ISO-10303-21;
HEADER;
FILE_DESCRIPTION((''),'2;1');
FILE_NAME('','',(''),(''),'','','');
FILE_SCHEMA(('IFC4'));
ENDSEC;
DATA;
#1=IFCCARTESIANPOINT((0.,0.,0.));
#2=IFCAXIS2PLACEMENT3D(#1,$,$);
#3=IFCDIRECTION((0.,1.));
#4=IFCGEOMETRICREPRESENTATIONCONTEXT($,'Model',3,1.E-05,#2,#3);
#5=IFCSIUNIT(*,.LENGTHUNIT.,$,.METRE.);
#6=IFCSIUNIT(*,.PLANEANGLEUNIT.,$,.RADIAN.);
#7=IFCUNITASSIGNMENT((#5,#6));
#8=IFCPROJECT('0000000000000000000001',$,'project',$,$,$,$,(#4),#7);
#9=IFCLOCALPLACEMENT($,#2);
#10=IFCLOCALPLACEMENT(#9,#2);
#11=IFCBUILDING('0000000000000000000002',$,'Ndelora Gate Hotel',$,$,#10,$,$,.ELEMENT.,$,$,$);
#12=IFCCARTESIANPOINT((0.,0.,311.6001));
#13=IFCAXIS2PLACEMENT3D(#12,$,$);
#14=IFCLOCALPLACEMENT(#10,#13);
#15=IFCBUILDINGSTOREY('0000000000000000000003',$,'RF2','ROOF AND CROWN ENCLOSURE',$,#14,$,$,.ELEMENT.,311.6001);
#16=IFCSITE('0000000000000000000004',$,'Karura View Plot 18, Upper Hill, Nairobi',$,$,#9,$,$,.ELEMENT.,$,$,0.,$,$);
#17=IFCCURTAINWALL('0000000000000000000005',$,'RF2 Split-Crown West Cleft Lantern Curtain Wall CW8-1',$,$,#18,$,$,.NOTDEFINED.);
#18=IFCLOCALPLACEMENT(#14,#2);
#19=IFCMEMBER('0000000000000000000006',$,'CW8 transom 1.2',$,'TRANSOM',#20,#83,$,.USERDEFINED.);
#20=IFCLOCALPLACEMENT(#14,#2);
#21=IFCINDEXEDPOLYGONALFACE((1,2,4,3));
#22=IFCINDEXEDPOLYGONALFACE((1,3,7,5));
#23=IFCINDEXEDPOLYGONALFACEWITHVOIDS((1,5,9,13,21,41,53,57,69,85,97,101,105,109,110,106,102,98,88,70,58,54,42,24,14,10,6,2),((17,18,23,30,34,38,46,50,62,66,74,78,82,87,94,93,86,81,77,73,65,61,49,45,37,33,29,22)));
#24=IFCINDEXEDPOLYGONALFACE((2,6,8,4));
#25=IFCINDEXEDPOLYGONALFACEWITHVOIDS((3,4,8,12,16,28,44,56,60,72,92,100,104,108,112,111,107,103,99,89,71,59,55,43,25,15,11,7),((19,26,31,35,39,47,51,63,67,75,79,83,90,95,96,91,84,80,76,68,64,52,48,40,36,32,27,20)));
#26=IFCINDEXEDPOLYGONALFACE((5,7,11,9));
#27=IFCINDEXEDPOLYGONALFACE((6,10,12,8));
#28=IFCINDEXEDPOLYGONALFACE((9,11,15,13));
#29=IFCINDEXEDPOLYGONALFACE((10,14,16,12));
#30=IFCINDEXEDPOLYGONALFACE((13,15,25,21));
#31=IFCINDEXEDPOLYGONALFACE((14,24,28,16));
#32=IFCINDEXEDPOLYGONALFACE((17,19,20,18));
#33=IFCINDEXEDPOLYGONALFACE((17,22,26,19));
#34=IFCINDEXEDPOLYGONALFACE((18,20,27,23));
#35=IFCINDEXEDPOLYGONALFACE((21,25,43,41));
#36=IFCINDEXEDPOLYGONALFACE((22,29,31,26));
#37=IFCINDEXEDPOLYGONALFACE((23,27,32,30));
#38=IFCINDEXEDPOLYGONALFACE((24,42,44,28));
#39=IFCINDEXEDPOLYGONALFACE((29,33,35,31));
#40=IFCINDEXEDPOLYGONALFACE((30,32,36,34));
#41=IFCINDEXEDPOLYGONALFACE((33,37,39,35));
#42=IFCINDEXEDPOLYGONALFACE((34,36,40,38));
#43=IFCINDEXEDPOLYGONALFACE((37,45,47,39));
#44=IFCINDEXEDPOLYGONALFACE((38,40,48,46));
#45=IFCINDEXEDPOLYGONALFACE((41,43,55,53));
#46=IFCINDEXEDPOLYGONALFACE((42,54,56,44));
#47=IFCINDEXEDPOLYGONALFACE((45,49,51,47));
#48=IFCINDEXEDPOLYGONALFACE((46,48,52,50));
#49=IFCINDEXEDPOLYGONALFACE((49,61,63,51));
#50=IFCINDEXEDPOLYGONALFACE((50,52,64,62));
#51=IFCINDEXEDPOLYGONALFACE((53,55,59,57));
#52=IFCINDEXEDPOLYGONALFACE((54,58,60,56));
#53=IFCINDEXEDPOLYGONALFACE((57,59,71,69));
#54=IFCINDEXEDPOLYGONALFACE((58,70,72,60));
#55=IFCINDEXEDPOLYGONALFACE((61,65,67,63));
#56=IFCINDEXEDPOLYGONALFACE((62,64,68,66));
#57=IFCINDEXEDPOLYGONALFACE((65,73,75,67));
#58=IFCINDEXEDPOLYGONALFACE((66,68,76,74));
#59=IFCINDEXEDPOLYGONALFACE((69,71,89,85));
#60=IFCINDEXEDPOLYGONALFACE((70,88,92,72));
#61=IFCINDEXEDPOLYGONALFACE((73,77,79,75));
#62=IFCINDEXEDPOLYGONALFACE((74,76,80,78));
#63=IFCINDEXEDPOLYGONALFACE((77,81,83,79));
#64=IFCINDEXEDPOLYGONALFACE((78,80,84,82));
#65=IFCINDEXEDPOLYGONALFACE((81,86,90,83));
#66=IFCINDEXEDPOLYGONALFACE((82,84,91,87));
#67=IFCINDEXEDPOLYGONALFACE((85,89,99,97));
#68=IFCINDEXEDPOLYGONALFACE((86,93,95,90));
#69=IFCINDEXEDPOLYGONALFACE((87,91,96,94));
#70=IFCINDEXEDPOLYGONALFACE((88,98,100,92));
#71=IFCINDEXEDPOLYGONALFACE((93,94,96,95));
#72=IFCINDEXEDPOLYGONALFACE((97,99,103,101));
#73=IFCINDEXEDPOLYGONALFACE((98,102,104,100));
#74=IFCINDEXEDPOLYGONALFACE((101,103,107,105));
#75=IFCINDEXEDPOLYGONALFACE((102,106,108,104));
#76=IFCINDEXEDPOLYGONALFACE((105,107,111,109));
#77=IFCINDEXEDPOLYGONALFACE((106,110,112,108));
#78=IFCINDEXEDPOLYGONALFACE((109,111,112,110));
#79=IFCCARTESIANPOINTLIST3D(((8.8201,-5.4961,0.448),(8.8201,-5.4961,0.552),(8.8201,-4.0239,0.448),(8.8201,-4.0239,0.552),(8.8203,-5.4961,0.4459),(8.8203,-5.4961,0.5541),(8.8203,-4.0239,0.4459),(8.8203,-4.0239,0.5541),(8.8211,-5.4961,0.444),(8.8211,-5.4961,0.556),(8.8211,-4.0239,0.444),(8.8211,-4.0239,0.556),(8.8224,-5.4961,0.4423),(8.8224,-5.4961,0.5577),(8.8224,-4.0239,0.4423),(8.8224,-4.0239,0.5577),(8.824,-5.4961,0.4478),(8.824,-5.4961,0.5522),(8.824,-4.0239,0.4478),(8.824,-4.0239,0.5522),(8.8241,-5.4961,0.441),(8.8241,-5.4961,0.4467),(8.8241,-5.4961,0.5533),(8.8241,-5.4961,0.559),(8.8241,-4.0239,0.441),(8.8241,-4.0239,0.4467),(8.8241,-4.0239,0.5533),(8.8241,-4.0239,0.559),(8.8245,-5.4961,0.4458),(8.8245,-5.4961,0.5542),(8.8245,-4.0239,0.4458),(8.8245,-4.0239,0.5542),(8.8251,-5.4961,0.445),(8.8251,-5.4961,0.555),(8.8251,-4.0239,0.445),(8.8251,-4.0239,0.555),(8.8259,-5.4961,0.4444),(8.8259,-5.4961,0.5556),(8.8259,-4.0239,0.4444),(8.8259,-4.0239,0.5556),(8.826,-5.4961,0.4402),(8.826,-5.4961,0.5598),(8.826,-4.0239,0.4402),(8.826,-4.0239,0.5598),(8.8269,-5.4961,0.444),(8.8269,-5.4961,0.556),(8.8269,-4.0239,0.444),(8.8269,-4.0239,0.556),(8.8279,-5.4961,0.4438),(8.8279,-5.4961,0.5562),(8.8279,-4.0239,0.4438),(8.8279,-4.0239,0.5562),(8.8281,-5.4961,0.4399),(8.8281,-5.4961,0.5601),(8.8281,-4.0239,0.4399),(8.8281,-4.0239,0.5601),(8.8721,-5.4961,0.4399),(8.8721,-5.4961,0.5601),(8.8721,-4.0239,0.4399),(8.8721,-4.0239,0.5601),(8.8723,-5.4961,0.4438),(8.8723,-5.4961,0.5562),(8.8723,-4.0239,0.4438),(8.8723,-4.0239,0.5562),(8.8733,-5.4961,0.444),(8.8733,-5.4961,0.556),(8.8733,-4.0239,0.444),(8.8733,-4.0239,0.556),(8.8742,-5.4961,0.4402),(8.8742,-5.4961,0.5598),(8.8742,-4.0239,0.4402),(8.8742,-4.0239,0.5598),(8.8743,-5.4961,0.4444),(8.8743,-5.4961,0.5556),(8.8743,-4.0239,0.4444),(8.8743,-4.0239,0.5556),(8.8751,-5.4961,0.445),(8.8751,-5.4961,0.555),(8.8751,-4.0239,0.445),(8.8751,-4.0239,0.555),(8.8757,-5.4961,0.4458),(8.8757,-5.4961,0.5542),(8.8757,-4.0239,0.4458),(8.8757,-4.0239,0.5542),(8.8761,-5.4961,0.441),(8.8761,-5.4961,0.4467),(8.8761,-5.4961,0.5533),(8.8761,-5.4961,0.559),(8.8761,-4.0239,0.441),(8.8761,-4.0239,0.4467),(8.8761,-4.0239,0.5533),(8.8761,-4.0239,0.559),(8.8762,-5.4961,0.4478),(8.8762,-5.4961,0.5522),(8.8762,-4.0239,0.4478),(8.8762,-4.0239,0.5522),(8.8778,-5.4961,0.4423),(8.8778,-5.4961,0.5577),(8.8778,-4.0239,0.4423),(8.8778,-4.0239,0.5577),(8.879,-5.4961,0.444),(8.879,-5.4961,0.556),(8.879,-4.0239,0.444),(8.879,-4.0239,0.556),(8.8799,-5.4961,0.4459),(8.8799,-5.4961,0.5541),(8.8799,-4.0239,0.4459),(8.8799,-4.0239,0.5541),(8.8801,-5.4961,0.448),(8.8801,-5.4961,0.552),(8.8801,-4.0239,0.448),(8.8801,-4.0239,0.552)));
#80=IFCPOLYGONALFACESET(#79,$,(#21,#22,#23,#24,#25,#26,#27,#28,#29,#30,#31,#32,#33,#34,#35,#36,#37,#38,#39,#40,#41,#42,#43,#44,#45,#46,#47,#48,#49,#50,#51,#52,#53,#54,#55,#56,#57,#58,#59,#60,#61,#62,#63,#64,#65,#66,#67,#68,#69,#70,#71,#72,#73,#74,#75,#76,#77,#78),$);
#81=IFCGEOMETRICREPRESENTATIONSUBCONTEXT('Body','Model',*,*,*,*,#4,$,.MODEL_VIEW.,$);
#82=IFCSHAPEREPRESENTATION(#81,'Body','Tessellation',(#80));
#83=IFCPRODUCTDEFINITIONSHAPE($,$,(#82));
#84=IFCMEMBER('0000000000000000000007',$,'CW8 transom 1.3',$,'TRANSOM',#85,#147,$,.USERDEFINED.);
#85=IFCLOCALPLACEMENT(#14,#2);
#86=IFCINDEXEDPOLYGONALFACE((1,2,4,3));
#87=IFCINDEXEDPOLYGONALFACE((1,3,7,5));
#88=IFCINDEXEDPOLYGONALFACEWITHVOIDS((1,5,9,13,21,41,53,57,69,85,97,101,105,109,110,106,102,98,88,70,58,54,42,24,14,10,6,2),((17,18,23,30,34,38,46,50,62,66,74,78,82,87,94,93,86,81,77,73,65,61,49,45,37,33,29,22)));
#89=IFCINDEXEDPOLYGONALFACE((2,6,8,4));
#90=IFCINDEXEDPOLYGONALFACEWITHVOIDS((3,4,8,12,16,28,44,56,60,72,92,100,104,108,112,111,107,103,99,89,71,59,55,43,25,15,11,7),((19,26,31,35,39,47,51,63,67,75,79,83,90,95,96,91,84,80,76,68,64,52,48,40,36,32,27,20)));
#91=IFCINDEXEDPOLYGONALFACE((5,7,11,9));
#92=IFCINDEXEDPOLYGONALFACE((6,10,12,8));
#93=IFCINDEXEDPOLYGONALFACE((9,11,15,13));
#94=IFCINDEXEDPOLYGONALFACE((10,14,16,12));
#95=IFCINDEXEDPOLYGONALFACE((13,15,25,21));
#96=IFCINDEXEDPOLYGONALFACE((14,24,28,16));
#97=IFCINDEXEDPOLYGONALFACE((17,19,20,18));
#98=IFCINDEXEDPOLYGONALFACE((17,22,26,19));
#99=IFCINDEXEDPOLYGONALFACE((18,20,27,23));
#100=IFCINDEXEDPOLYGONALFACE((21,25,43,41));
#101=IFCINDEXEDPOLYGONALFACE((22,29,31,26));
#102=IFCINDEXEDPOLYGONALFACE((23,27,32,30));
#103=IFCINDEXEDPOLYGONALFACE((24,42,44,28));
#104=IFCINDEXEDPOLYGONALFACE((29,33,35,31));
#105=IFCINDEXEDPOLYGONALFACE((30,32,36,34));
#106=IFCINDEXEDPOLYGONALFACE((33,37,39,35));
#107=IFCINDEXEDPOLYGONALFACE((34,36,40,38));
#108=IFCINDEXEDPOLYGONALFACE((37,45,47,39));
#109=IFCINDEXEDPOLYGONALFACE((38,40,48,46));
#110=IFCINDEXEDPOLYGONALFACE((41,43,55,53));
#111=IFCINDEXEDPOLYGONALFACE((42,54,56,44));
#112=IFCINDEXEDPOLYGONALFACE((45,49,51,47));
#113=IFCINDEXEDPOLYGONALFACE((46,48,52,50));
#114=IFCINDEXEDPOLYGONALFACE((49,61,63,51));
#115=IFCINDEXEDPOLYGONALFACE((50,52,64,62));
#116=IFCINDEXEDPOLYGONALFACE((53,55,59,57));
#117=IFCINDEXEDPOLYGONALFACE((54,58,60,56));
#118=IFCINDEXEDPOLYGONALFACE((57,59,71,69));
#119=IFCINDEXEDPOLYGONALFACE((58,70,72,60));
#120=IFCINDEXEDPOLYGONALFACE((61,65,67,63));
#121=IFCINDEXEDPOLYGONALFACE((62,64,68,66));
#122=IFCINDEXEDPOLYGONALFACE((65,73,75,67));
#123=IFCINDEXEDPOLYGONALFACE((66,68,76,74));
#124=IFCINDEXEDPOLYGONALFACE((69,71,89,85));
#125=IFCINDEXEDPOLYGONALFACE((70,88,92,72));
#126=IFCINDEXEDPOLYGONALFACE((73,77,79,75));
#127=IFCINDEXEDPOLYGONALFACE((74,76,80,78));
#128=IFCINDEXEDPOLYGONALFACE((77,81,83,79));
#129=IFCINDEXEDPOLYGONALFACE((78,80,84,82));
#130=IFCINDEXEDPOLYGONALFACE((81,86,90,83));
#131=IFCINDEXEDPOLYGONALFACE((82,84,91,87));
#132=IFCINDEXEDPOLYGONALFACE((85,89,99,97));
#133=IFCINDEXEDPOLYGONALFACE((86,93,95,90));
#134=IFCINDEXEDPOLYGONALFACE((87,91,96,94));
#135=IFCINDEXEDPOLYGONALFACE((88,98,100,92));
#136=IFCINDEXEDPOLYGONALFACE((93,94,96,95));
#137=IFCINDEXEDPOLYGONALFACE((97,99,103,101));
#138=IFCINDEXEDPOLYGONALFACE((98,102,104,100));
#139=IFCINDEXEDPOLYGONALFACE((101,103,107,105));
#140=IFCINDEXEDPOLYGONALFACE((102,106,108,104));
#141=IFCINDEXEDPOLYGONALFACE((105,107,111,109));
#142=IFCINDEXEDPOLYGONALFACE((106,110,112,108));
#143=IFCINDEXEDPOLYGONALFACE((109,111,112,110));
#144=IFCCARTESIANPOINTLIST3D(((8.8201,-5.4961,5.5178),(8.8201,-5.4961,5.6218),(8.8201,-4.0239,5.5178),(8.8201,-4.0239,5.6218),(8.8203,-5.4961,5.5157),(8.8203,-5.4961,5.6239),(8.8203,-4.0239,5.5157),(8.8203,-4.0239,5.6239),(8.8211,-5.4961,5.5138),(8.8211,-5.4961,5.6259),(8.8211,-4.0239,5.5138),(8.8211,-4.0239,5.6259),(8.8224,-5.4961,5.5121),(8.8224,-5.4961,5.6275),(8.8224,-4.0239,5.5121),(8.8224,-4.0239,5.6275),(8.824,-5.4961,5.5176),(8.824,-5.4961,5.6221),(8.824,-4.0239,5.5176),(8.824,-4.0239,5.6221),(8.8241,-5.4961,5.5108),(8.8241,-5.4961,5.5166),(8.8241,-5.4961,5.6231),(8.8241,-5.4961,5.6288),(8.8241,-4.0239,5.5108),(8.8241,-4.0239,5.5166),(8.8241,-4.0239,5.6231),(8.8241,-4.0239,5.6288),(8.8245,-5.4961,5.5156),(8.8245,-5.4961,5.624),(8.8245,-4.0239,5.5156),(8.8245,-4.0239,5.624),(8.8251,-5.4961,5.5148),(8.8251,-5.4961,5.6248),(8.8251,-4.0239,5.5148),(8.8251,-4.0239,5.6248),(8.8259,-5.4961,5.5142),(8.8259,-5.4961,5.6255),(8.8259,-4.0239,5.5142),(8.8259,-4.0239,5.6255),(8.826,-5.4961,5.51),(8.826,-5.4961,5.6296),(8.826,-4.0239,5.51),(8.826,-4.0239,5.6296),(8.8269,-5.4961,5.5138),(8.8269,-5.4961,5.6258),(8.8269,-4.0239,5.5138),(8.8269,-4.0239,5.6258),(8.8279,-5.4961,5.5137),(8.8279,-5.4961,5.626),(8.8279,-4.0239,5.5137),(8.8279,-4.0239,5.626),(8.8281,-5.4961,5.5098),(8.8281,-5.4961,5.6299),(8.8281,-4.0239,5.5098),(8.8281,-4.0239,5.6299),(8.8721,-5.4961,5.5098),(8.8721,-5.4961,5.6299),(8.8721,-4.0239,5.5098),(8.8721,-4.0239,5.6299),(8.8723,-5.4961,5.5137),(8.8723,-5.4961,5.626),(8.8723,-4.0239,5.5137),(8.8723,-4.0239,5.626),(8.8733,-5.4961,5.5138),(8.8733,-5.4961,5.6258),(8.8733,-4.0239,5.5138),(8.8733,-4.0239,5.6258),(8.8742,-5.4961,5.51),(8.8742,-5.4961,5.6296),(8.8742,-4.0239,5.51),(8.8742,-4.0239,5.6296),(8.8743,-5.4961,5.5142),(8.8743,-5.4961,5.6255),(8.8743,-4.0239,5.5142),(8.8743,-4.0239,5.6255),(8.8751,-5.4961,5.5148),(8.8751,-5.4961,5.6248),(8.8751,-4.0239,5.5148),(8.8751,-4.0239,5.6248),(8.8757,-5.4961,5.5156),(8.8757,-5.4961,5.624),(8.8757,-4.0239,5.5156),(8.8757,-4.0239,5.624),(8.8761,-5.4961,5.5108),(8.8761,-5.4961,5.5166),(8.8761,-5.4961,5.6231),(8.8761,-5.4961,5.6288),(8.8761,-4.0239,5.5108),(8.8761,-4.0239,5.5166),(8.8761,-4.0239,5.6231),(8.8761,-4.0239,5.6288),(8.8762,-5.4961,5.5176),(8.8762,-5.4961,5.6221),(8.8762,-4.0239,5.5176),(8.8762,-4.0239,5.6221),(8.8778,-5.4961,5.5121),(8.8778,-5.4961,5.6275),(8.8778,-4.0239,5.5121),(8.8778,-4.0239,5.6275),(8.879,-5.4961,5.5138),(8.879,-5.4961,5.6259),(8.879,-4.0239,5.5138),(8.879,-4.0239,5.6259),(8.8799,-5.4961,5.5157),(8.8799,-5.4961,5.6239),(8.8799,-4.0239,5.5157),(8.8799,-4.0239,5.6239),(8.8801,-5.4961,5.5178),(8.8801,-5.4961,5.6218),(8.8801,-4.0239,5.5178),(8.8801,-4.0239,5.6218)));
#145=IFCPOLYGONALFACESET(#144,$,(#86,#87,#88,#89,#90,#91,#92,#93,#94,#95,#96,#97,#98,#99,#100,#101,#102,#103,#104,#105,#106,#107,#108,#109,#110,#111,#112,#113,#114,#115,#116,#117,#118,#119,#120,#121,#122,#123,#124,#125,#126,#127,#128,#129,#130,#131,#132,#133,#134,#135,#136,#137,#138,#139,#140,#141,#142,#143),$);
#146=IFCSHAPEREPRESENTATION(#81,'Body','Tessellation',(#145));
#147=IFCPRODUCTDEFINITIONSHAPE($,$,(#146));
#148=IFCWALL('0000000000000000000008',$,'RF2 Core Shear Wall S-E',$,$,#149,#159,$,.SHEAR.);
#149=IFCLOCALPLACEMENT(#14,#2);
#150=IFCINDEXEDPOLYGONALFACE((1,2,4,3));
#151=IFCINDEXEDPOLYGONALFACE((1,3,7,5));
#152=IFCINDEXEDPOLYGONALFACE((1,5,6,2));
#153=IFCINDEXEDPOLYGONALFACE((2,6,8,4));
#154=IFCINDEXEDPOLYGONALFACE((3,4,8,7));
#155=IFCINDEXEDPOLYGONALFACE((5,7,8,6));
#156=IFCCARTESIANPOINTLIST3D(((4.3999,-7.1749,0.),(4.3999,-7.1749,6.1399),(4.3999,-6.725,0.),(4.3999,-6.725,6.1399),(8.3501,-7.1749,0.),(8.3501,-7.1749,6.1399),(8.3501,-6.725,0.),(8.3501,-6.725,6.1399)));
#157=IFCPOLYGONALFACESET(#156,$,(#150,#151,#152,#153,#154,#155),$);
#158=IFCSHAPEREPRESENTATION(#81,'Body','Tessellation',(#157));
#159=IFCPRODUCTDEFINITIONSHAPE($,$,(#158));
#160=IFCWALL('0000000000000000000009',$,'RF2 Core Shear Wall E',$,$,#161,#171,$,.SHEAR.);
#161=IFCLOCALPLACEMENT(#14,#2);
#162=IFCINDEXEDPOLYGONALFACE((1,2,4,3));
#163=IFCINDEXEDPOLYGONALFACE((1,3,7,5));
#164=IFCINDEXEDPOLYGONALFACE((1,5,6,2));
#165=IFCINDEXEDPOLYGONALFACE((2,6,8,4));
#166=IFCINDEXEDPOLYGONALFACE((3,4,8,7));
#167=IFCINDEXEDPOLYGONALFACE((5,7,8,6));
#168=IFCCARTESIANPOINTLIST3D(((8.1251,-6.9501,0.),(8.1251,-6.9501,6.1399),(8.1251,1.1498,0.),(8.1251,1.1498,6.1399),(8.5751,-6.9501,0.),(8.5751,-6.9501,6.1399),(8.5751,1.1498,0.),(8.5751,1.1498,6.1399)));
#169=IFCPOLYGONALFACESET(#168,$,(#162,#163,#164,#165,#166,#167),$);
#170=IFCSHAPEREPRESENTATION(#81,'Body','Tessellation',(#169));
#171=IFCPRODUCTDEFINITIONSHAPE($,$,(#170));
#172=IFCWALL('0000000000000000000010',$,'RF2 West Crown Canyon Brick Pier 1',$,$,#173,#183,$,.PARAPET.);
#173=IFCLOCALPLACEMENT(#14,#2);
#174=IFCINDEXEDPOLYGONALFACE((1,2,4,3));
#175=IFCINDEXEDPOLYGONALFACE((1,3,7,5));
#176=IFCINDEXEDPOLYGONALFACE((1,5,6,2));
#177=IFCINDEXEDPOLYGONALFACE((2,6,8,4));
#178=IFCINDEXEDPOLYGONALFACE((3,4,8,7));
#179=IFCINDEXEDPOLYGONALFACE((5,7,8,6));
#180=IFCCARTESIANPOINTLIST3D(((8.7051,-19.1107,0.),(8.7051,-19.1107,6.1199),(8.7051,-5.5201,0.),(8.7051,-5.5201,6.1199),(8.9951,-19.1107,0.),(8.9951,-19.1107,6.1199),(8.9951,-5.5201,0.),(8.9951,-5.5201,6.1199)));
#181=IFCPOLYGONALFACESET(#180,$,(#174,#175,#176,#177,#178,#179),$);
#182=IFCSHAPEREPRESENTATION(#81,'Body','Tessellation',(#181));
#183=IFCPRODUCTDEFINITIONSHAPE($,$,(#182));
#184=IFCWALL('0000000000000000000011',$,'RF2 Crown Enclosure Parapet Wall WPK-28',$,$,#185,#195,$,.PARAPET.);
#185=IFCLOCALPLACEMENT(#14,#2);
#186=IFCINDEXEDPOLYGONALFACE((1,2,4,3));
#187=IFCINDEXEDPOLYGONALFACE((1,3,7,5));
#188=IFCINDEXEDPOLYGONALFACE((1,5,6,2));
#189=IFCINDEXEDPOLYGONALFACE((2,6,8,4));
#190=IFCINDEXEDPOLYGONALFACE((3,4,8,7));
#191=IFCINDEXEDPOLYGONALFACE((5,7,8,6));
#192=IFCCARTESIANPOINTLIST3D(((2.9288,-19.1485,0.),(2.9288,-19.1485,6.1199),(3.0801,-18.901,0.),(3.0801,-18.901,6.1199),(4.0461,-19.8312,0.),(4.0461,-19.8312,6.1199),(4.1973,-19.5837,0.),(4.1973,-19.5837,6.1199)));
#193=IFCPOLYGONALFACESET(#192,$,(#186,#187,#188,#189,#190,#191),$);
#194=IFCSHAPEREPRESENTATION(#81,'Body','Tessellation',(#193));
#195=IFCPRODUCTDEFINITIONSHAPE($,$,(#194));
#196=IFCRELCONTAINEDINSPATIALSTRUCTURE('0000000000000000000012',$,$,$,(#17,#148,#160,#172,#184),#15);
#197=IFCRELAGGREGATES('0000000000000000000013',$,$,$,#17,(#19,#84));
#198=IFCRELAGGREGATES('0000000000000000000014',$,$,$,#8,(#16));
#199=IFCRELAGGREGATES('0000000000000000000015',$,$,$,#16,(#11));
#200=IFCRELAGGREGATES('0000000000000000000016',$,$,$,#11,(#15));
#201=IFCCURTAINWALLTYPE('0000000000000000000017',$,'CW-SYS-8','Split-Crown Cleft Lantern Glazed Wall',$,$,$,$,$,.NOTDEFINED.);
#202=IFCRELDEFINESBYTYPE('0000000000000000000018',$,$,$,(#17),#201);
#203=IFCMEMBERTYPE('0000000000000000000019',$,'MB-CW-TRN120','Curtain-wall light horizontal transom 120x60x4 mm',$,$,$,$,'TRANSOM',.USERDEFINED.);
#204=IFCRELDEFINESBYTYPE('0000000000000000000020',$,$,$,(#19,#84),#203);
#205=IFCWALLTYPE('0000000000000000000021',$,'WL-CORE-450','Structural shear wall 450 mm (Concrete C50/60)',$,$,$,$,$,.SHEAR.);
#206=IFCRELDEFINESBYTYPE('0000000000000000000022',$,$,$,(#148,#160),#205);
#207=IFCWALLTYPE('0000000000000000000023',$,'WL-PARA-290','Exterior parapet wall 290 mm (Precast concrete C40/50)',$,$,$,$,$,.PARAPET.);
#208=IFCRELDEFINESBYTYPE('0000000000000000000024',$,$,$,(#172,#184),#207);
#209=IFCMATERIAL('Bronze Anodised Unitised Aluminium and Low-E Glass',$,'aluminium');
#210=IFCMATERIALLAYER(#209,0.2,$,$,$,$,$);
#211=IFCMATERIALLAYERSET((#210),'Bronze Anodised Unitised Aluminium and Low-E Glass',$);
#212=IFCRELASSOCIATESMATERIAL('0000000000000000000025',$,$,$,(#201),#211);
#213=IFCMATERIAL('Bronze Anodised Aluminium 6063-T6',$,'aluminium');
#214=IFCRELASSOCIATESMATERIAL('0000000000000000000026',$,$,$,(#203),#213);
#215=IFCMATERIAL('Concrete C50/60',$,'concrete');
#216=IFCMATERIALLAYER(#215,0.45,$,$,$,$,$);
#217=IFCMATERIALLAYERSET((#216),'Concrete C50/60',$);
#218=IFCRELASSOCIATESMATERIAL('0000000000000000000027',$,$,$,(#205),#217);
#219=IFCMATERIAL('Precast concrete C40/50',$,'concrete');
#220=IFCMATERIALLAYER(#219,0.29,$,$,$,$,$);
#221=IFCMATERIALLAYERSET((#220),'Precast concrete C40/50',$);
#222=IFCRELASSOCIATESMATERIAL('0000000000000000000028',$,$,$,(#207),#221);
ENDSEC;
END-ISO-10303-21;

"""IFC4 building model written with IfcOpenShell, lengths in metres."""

from ifc_helpers import new_model, si_unit, direction, frame, frame_2d, origin, origin_2d, place, context, subcontext, project, spatial, rectangle, hollow_rectangle, extrude, material, layer, layer_set, material_profile, profile_set, type_object, element, aggregate, save


model = new_model("IFC4")

# Units and contexts
model_context = context("Model", 3, precision=1e-05, world=origin(), true_north=direction((0.0, 1.0)))
body_context = subcontext(model_context, "Body", "Model", "MODEL_VIEW")
ifc_project = project(units=[si_unit("LENGTHUNIT", "METRE"), si_unit("PLANEANGLEUNIT", "RADIAN")], contexts=[model_context])

# Site, building, storey
site_placement = place(None, origin())
site = spatial("IfcSite", under=ifc_project, at=site_placement, Name="Karura View Plot 18, Upper Hill, Nairobi", CompositionType="ELEMENT", RefElevation=0.0)
building_placement = place(site_placement, origin())
building = spatial("IfcBuilding", under=site, at=building_placement, Name="Ndelora Gate Hotel", CompositionType="ELEMENT")
storey_placement = place(building_placement, frame((0.0, 0.0, 311.6001)))
storey = spatial("IfcBuildingStorey", under=building, at=storey_placement, Name="RF2", Description="ROOF AND CROWN ENCLOSURE", CompositionType="ELEMENT", Elevation=311.6001)

# Shared definitions
ifc_material_1 = material(Name="Concrete C50/60", Category="concrete")

# Curtain wall, members
ifc_material_2 = material(Name="Bronze Anodised Unitised Aluminium and Low-E Glass", Category="aluminium")
ifc_layer_1 = layer(ifc_material_2, 0.2)
ifc_layer_set_1 = layer_set([ifc_layer_1], Name="Bronze Anodised Unitised Aluminium and Low-E Glass")
curtain_wall_type = type_object("IfcCurtainWallType", Name="CW-SYS-8", Description="Split-Crown Cleft Lantern Glazed Wall", PredefinedType="NOTDEFINED", material=ifc_layer_set_1)
curtain_wall_placement = place(storey_placement, origin())
curtain_wall = element("IfcCurtainWall", 1, at=curtain_wall_placement, inside=storey, type_object=curtain_wall_type, Name="RF2 Split-Crown West Cleft Lantern Curtain Wall CW8-1", PredefinedType="NOTDEFINED")
ifc_material_3 = material(Name="Bronze Anodised Aluminium 6063-T6", Category="aluminium")
ifc_material_profile_1 = material_profile(ifc_material_3, hollow_rectangle(XDim=0.0601, YDim=0.1201, WallThickness=0.0039, InnerFilletRadius=0.0039, OuterFilletRadius=0.0081, at=origin_2d()), Name="ALU 120x60x4")
ifc_profile_set_1 = profile_set([ifc_material_profile_1], Name="Bronze Anodised Aluminium 6063-T6")
member_type_1 = type_object("IfcMemberType", Name="MB-CW-TRN120", Description="Curtain-wall light horizontal transom 120x60x4 mm", ElementType="TRANSOM", PredefinedType="USERDEFINED", material=ifc_profile_set_1)
member_1_placement = place(storey_placement, frame((8.8501, -5.4961, 0.5), z_axis=(0.0, 1.0, 0.0), x_axis=(-1.0, 0.0, 0.0)))
member_1 = element("IfcMember", 2, at=member_1_placement, type_object=member_type_1, Name="CW8 transom 1.2", ObjectType="TRANSOM", PredefinedType="USERDEFINED", context=body_context, shape_type="SweptSolid", body=[
    extrude(hollow_rectangle(XDim=0.0601, YDim=0.1201, WallThickness=0.0039, InnerFilletRadius=0.0039, OuterFilletRadius=0.0081, at=origin_2d()), origin(), (0.0, 0.0, 1.0), 1.4722),
])
member_2_placement = place(storey_placement, frame((8.8501, -5.4961, 5.5698), z_axis=(0.0, 1.0, 0.0), x_axis=(-1.0, 0.0, 0.0)))
member_2 = element("IfcMember", 3, at=member_2_placement, type_object=member_type_1, Name="CW8 transom 1.3", ObjectType="TRANSOM", PredefinedType="USERDEFINED", context=body_context, shape_type="SweptSolid", body=[
    extrude(hollow_rectangle(XDim=0.0601, YDim=0.1201, WallThickness=0.0039, InnerFilletRadius=0.0039, OuterFilletRadius=0.0081, at=origin_2d()), origin(), (0.0, 0.0, 1.0), 1.4722),
])
aggregate(curtain_wall, [member_1, member_2])

# Walls
ifc_layer_2 = layer(ifc_material_1, 0.45)
ifc_layer_set_2 = layer_set([ifc_layer_2], Name="Concrete C50/60")
wall_type_1 = type_object("IfcWallType", Name="WL-CORE-450", Description="Structural shear wall 450 mm (Concrete C50/60)", PredefinedType="SHEAR", material=ifc_layer_set_2)
wall_1_placement = place(storey_placement, frame((4.3999, -6.95, 0.0), z_axis=(0.0, 0.0, 1.0), x_axis=(1.0, 0.0, 0.0)))
element("IfcWall", 4, at=wall_1_placement, inside=storey, type_object=wall_type_1, Name="RF2 Core Shear Wall S-E", PredefinedType="SHEAR", context=body_context, shape_type="SweptSolid", body=[
    extrude(rectangle(XDim=3.9502, YDim=0.45, at=frame_2d((1.9751, 0.0))), origin(), (0.0, 0.0, 1.0), 6.1399),
])
wall_2_placement = place(storey_placement, frame((8.3501, -6.95, 0.0), z_axis=(0.0, 0.0, 1.0), x_axis=(0.0, 1.0, 0.0)))
element("IfcWall", 5, at=wall_2_placement, inside=storey, type_object=wall_type_1, Name="RF2 Core Shear Wall E", PredefinedType="SHEAR", context=body_context, shape_type="SweptSolid", body=[
    extrude(rectangle(XDim=8.0999, YDim=0.45, at=frame_2d((4.0498, 0.0))), origin(), (0.0, 0.0, 1.0), 6.1399),
])
ifc_material_4 = material(Name="Precast concrete C40/50", Category="concrete")
ifc_layer_3 = layer(ifc_material_4, 0.29)
ifc_layer_set_3 = layer_set([ifc_layer_3], Name="Precast concrete C40/50")
wall_type_2 = type_object("IfcWallType", Name="WL-PARA-290", Description="Exterior parapet wall 290 mm (Precast concrete C40/50)", PredefinedType="PARAPET", material=ifc_layer_set_3)
wall_3_placement = place(storey_placement, frame((8.8501, -5.52, 0.0), z_axis=(0.0, 0.0, 1.0), x_axis=(0.0, -1.0, 0.0)))
element("IfcWall", 6, at=wall_3_placement, inside=storey, type_object=wall_type_2, Name="RF2 West Crown Canyon Brick Pier 1", PredefinedType="PARAPET", context=body_context, shape_type="SweptSolid", body=[
    extrude(rectangle(XDim=13.5906, YDim=0.29, at=frame_2d((6.7954, 0.0))), origin(), (0.0, 0.0, 1.0), 6.1199),
])
wall_4_placement = place(storey_placement, frame((4.1218, -19.7075, 0.0), z_axis=(0.0, 0.0, 1.0), x_axis=(-0.853319, 0.52139, 0.0)))
element("IfcWall", 7, at=wall_4_placement, inside=storey, type_object=wall_type_2, Name="RF2 Crown Enclosure Parapet Wall WPK-28", PredefinedType="PARAPET", context=body_context, shape_type="SweptSolid", body=[
    extrude(rectangle(XDim=1.3093, YDim=0.29, at=frame_2d((0.6548, 0.0))), origin(), (0.0, 0.0, 1.0), 6.1199),
])

save(model, "model.ifc")
